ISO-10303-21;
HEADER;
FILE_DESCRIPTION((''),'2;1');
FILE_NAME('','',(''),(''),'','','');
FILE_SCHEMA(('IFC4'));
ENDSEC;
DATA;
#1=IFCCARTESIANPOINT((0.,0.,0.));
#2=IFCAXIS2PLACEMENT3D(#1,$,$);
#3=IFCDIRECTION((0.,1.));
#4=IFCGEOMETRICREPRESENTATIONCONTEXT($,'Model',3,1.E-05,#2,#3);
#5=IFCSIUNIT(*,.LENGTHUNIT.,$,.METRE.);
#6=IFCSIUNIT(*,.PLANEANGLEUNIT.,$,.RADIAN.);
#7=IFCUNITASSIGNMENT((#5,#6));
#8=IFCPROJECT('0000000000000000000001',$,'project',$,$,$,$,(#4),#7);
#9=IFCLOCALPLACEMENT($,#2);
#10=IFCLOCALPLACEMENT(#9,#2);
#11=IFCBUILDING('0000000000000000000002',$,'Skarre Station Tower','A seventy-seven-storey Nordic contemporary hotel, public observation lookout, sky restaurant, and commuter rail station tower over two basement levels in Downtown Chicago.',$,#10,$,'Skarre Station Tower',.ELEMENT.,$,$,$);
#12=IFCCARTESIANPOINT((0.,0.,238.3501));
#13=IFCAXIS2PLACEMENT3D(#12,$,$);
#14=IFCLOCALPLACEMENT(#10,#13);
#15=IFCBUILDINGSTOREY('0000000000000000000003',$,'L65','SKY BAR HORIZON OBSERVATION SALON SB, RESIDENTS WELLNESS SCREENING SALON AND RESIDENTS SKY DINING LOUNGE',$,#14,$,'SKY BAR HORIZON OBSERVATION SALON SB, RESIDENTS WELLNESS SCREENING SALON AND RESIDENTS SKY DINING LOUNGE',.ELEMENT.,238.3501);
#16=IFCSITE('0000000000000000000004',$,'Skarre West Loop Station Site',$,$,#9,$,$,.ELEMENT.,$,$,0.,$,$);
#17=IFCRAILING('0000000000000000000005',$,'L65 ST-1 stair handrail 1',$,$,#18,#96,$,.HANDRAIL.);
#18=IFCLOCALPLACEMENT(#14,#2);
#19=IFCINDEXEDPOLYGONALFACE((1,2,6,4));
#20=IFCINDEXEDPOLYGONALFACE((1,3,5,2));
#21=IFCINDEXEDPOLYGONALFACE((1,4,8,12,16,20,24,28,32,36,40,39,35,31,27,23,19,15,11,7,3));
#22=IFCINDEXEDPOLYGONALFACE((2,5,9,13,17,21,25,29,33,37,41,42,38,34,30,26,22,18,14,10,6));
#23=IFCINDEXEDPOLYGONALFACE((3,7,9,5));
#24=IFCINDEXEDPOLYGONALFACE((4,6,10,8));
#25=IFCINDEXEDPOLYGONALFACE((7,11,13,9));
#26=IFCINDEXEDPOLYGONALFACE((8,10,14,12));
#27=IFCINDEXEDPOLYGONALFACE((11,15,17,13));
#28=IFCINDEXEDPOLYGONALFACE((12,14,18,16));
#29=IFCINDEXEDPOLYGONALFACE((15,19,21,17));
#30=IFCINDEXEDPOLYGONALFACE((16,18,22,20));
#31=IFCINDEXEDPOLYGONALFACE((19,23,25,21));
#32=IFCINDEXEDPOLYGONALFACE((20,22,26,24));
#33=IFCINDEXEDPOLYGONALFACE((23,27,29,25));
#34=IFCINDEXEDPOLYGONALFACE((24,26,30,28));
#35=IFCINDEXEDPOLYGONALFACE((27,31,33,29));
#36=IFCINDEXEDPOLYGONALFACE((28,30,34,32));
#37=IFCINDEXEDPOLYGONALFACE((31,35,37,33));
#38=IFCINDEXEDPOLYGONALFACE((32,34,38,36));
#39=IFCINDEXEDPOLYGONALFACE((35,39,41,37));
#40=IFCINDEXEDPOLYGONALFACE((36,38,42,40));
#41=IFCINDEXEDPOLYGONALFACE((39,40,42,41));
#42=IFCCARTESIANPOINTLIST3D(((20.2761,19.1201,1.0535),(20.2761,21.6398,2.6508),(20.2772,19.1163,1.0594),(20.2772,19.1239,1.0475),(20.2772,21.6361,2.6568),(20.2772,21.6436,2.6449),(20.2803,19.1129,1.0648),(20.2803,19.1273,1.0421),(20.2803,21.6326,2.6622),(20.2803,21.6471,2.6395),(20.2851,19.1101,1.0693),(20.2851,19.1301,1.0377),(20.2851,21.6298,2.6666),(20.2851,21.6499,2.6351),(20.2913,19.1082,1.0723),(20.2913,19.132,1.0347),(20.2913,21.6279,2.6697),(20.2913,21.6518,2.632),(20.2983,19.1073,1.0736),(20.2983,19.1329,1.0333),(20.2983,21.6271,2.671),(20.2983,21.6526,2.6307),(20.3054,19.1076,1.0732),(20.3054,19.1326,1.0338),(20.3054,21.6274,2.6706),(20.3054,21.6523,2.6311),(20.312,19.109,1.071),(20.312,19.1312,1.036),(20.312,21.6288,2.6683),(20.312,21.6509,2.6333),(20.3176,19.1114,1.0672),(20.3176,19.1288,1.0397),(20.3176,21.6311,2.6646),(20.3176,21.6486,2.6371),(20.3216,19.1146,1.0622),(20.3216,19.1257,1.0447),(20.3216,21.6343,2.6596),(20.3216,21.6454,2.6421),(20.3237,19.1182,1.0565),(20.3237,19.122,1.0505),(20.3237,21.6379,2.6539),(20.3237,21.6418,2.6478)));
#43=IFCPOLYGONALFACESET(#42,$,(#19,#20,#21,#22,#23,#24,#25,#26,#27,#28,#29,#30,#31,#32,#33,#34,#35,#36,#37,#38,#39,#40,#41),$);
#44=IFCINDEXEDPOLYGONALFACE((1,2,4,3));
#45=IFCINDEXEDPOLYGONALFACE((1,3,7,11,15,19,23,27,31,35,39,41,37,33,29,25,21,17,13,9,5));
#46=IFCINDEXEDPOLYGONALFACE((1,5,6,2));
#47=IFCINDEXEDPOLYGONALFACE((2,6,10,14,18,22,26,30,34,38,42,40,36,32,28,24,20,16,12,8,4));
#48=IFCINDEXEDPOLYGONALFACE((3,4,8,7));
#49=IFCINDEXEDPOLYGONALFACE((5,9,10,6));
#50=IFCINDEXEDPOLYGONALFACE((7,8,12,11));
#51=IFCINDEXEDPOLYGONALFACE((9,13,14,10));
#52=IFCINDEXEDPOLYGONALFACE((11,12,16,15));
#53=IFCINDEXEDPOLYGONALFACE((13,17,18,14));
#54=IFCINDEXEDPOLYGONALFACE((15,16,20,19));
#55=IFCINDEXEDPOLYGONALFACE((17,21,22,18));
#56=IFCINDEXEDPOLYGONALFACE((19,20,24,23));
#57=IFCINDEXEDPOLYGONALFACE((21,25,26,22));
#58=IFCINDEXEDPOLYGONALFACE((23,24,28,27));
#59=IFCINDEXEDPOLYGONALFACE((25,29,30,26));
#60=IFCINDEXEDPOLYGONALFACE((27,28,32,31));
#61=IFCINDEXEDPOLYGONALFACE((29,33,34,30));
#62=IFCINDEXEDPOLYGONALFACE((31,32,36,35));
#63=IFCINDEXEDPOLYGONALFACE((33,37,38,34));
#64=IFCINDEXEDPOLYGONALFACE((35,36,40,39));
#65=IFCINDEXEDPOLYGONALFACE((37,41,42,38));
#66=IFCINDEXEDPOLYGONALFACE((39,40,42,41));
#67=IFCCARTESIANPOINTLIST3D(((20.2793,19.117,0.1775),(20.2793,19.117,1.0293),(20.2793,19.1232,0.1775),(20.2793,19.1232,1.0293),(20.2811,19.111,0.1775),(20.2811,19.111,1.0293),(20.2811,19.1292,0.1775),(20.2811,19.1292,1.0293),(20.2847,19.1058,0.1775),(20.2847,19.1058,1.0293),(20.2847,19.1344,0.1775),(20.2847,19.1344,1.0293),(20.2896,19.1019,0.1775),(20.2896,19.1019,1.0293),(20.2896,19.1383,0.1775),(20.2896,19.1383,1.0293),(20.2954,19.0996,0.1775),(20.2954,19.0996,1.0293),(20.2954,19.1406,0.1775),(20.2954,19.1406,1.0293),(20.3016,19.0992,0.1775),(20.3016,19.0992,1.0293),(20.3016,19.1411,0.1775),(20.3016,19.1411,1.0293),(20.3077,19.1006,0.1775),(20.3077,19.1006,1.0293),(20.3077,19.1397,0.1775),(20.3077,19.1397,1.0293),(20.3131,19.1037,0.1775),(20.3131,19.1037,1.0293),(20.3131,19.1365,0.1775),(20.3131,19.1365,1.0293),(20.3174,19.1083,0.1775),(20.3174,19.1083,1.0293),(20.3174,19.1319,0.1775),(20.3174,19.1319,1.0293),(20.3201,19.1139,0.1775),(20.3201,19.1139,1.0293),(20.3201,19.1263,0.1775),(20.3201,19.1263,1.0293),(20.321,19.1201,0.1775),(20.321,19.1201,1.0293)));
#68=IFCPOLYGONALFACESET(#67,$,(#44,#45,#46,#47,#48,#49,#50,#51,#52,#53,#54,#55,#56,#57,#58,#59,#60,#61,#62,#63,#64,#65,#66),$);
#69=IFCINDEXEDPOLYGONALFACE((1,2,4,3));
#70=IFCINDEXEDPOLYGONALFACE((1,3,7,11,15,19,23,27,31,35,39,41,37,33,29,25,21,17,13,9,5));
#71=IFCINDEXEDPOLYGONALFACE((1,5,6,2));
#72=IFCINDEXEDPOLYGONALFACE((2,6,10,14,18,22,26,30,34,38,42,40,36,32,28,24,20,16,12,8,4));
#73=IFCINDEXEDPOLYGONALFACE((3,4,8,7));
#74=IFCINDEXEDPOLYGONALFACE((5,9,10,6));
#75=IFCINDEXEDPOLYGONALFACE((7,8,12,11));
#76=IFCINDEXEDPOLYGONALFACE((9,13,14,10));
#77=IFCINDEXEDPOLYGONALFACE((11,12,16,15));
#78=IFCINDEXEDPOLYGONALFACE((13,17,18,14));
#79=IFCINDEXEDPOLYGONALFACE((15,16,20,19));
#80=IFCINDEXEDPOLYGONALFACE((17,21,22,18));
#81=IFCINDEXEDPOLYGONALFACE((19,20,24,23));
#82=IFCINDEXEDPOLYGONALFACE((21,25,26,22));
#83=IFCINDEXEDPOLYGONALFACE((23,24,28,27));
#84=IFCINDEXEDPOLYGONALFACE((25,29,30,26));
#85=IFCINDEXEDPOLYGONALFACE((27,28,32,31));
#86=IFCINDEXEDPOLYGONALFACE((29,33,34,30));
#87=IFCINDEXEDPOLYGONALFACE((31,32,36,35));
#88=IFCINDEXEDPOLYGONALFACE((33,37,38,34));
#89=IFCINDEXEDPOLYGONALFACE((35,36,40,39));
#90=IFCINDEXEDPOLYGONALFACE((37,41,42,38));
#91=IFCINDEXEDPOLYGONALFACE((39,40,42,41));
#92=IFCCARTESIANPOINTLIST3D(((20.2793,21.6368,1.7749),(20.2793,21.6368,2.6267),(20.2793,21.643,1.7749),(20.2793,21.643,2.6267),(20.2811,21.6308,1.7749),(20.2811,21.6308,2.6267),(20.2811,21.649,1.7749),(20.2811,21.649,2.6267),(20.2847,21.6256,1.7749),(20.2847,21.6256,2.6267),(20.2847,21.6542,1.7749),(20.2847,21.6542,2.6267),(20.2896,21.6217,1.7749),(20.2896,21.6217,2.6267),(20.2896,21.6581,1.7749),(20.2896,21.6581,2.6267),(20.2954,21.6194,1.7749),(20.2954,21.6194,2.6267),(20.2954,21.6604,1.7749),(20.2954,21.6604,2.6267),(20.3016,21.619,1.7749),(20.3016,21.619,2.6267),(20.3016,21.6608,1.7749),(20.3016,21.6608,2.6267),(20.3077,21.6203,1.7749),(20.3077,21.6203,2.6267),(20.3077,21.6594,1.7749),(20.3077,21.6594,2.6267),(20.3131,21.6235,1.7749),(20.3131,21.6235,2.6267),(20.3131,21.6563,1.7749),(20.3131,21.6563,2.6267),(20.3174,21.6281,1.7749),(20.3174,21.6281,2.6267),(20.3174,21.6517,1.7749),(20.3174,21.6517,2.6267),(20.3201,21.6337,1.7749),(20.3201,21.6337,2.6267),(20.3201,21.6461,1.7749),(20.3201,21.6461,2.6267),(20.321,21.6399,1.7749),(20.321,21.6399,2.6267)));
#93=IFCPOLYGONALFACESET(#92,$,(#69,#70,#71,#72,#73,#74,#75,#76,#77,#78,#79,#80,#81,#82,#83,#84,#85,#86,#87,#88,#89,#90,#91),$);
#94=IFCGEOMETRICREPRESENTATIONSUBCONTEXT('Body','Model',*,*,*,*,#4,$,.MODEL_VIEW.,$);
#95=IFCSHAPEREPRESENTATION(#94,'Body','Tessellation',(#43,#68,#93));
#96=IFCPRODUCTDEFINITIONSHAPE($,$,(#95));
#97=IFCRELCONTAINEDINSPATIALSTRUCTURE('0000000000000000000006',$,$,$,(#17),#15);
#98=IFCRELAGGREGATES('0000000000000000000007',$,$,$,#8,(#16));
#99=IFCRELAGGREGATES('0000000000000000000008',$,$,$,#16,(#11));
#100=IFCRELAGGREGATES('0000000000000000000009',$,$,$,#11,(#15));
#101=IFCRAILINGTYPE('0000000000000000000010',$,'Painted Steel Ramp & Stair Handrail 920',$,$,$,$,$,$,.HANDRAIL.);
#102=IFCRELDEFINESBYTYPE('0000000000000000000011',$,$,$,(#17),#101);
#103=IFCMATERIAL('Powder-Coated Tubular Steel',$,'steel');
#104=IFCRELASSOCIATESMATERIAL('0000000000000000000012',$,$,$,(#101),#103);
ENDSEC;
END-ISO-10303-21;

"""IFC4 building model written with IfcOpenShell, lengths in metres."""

from ifc_helpers import new_model, si_unit, direction, frame, origin, origin_2d, place, context, subcontext, project, spatial, circle, extrude, material, type_object, element, save


model = new_model("IFC4")

# Units and contexts
model_context = context("Model", 3, precision=1e-05, world=origin(), true_north=direction((0.0, 1.0)))
body_context = subcontext(model_context, "Body", "Model", "MODEL_VIEW")
ifc_project = project(units=[si_unit("LENGTHUNIT", "METRE"), si_unit("PLANEANGLEUNIT", "RADIAN")], contexts=[model_context])

# Site, building, storey
site_placement = place(None, origin())
site = spatial("IfcSite", under=ifc_project, at=site_placement, Name="Skarre West Loop Station Site", CompositionType="ELEMENT", RefElevation=0.0)
building_placement = place(site_placement, origin())
building = spatial("IfcBuilding", under=site, at=building_placement, Name="Skarre Station Tower", Description="A seventy-seven-storey Nordic contemporary hotel, public observation lookout, sky restaurant, and commuter rail station tower over two basement levels in Downtown Chicago.", LongName="Skarre Station Tower", CompositionType="ELEMENT")
storey_placement = place(building_placement, frame((0.0, 0.0, 238.3501)))
storey = spatial("IfcBuildingStorey", under=building, at=storey_placement, Name="L65", Description="SKY BAR HORIZON OBSERVATION SALON SB, RESIDENTS WELLNESS SCREENING SALON AND RESIDENTS SKY DINING LOUNGE", LongName="SKY BAR HORIZON OBSERVATION SALON SB, RESIDENTS WELLNESS SCREENING SALON AND RESIDENTS SKY DINING LOUNGE", CompositionType="ELEMENT", Elevation=238.3501)

# Railing
ifc_material_1 = material(Name="Powder-Coated Tubular Steel", Category="steel")
railing_type_1 = type_object("IfcRailingType", Name="Painted Steel Ramp & Stair Handrail 920", PredefinedType="HANDRAIL", material=ifc_material_1)
railing_1_placement = place(storey_placement, frame((20.3, 19.1201, 0.1775)))
element("IfcRailing", 1, at=railing_1_placement, inside=storey, type_object=railing_type_1, Name="L65 ST-1 stair handrail 1", PredefinedType="HANDRAIL", context=body_context, shape_type="SweptSolid", body=[
    extrude(circle(Radius=0.0239, at=origin_2d()), frame((0.0, 0.0, 0.876), z_axis=(0.0, 0.844583, 0.535424), x_axis=(-1.0, 0.0, 0.0)), (0.0, 0.0, 1.0), 2.9834),
    extrude(circle(Radius=0.021, at=origin_2d()), origin(), (0.0, 0.0, 1.0), 0.8518),
    extrude(circle(Radius=0.021, at=origin_2d()), frame((0.0, 2.5198, 1.5974)), (0.0, 0.0, 1.0), 0.8518),
])

save(model, "model.ifc")
